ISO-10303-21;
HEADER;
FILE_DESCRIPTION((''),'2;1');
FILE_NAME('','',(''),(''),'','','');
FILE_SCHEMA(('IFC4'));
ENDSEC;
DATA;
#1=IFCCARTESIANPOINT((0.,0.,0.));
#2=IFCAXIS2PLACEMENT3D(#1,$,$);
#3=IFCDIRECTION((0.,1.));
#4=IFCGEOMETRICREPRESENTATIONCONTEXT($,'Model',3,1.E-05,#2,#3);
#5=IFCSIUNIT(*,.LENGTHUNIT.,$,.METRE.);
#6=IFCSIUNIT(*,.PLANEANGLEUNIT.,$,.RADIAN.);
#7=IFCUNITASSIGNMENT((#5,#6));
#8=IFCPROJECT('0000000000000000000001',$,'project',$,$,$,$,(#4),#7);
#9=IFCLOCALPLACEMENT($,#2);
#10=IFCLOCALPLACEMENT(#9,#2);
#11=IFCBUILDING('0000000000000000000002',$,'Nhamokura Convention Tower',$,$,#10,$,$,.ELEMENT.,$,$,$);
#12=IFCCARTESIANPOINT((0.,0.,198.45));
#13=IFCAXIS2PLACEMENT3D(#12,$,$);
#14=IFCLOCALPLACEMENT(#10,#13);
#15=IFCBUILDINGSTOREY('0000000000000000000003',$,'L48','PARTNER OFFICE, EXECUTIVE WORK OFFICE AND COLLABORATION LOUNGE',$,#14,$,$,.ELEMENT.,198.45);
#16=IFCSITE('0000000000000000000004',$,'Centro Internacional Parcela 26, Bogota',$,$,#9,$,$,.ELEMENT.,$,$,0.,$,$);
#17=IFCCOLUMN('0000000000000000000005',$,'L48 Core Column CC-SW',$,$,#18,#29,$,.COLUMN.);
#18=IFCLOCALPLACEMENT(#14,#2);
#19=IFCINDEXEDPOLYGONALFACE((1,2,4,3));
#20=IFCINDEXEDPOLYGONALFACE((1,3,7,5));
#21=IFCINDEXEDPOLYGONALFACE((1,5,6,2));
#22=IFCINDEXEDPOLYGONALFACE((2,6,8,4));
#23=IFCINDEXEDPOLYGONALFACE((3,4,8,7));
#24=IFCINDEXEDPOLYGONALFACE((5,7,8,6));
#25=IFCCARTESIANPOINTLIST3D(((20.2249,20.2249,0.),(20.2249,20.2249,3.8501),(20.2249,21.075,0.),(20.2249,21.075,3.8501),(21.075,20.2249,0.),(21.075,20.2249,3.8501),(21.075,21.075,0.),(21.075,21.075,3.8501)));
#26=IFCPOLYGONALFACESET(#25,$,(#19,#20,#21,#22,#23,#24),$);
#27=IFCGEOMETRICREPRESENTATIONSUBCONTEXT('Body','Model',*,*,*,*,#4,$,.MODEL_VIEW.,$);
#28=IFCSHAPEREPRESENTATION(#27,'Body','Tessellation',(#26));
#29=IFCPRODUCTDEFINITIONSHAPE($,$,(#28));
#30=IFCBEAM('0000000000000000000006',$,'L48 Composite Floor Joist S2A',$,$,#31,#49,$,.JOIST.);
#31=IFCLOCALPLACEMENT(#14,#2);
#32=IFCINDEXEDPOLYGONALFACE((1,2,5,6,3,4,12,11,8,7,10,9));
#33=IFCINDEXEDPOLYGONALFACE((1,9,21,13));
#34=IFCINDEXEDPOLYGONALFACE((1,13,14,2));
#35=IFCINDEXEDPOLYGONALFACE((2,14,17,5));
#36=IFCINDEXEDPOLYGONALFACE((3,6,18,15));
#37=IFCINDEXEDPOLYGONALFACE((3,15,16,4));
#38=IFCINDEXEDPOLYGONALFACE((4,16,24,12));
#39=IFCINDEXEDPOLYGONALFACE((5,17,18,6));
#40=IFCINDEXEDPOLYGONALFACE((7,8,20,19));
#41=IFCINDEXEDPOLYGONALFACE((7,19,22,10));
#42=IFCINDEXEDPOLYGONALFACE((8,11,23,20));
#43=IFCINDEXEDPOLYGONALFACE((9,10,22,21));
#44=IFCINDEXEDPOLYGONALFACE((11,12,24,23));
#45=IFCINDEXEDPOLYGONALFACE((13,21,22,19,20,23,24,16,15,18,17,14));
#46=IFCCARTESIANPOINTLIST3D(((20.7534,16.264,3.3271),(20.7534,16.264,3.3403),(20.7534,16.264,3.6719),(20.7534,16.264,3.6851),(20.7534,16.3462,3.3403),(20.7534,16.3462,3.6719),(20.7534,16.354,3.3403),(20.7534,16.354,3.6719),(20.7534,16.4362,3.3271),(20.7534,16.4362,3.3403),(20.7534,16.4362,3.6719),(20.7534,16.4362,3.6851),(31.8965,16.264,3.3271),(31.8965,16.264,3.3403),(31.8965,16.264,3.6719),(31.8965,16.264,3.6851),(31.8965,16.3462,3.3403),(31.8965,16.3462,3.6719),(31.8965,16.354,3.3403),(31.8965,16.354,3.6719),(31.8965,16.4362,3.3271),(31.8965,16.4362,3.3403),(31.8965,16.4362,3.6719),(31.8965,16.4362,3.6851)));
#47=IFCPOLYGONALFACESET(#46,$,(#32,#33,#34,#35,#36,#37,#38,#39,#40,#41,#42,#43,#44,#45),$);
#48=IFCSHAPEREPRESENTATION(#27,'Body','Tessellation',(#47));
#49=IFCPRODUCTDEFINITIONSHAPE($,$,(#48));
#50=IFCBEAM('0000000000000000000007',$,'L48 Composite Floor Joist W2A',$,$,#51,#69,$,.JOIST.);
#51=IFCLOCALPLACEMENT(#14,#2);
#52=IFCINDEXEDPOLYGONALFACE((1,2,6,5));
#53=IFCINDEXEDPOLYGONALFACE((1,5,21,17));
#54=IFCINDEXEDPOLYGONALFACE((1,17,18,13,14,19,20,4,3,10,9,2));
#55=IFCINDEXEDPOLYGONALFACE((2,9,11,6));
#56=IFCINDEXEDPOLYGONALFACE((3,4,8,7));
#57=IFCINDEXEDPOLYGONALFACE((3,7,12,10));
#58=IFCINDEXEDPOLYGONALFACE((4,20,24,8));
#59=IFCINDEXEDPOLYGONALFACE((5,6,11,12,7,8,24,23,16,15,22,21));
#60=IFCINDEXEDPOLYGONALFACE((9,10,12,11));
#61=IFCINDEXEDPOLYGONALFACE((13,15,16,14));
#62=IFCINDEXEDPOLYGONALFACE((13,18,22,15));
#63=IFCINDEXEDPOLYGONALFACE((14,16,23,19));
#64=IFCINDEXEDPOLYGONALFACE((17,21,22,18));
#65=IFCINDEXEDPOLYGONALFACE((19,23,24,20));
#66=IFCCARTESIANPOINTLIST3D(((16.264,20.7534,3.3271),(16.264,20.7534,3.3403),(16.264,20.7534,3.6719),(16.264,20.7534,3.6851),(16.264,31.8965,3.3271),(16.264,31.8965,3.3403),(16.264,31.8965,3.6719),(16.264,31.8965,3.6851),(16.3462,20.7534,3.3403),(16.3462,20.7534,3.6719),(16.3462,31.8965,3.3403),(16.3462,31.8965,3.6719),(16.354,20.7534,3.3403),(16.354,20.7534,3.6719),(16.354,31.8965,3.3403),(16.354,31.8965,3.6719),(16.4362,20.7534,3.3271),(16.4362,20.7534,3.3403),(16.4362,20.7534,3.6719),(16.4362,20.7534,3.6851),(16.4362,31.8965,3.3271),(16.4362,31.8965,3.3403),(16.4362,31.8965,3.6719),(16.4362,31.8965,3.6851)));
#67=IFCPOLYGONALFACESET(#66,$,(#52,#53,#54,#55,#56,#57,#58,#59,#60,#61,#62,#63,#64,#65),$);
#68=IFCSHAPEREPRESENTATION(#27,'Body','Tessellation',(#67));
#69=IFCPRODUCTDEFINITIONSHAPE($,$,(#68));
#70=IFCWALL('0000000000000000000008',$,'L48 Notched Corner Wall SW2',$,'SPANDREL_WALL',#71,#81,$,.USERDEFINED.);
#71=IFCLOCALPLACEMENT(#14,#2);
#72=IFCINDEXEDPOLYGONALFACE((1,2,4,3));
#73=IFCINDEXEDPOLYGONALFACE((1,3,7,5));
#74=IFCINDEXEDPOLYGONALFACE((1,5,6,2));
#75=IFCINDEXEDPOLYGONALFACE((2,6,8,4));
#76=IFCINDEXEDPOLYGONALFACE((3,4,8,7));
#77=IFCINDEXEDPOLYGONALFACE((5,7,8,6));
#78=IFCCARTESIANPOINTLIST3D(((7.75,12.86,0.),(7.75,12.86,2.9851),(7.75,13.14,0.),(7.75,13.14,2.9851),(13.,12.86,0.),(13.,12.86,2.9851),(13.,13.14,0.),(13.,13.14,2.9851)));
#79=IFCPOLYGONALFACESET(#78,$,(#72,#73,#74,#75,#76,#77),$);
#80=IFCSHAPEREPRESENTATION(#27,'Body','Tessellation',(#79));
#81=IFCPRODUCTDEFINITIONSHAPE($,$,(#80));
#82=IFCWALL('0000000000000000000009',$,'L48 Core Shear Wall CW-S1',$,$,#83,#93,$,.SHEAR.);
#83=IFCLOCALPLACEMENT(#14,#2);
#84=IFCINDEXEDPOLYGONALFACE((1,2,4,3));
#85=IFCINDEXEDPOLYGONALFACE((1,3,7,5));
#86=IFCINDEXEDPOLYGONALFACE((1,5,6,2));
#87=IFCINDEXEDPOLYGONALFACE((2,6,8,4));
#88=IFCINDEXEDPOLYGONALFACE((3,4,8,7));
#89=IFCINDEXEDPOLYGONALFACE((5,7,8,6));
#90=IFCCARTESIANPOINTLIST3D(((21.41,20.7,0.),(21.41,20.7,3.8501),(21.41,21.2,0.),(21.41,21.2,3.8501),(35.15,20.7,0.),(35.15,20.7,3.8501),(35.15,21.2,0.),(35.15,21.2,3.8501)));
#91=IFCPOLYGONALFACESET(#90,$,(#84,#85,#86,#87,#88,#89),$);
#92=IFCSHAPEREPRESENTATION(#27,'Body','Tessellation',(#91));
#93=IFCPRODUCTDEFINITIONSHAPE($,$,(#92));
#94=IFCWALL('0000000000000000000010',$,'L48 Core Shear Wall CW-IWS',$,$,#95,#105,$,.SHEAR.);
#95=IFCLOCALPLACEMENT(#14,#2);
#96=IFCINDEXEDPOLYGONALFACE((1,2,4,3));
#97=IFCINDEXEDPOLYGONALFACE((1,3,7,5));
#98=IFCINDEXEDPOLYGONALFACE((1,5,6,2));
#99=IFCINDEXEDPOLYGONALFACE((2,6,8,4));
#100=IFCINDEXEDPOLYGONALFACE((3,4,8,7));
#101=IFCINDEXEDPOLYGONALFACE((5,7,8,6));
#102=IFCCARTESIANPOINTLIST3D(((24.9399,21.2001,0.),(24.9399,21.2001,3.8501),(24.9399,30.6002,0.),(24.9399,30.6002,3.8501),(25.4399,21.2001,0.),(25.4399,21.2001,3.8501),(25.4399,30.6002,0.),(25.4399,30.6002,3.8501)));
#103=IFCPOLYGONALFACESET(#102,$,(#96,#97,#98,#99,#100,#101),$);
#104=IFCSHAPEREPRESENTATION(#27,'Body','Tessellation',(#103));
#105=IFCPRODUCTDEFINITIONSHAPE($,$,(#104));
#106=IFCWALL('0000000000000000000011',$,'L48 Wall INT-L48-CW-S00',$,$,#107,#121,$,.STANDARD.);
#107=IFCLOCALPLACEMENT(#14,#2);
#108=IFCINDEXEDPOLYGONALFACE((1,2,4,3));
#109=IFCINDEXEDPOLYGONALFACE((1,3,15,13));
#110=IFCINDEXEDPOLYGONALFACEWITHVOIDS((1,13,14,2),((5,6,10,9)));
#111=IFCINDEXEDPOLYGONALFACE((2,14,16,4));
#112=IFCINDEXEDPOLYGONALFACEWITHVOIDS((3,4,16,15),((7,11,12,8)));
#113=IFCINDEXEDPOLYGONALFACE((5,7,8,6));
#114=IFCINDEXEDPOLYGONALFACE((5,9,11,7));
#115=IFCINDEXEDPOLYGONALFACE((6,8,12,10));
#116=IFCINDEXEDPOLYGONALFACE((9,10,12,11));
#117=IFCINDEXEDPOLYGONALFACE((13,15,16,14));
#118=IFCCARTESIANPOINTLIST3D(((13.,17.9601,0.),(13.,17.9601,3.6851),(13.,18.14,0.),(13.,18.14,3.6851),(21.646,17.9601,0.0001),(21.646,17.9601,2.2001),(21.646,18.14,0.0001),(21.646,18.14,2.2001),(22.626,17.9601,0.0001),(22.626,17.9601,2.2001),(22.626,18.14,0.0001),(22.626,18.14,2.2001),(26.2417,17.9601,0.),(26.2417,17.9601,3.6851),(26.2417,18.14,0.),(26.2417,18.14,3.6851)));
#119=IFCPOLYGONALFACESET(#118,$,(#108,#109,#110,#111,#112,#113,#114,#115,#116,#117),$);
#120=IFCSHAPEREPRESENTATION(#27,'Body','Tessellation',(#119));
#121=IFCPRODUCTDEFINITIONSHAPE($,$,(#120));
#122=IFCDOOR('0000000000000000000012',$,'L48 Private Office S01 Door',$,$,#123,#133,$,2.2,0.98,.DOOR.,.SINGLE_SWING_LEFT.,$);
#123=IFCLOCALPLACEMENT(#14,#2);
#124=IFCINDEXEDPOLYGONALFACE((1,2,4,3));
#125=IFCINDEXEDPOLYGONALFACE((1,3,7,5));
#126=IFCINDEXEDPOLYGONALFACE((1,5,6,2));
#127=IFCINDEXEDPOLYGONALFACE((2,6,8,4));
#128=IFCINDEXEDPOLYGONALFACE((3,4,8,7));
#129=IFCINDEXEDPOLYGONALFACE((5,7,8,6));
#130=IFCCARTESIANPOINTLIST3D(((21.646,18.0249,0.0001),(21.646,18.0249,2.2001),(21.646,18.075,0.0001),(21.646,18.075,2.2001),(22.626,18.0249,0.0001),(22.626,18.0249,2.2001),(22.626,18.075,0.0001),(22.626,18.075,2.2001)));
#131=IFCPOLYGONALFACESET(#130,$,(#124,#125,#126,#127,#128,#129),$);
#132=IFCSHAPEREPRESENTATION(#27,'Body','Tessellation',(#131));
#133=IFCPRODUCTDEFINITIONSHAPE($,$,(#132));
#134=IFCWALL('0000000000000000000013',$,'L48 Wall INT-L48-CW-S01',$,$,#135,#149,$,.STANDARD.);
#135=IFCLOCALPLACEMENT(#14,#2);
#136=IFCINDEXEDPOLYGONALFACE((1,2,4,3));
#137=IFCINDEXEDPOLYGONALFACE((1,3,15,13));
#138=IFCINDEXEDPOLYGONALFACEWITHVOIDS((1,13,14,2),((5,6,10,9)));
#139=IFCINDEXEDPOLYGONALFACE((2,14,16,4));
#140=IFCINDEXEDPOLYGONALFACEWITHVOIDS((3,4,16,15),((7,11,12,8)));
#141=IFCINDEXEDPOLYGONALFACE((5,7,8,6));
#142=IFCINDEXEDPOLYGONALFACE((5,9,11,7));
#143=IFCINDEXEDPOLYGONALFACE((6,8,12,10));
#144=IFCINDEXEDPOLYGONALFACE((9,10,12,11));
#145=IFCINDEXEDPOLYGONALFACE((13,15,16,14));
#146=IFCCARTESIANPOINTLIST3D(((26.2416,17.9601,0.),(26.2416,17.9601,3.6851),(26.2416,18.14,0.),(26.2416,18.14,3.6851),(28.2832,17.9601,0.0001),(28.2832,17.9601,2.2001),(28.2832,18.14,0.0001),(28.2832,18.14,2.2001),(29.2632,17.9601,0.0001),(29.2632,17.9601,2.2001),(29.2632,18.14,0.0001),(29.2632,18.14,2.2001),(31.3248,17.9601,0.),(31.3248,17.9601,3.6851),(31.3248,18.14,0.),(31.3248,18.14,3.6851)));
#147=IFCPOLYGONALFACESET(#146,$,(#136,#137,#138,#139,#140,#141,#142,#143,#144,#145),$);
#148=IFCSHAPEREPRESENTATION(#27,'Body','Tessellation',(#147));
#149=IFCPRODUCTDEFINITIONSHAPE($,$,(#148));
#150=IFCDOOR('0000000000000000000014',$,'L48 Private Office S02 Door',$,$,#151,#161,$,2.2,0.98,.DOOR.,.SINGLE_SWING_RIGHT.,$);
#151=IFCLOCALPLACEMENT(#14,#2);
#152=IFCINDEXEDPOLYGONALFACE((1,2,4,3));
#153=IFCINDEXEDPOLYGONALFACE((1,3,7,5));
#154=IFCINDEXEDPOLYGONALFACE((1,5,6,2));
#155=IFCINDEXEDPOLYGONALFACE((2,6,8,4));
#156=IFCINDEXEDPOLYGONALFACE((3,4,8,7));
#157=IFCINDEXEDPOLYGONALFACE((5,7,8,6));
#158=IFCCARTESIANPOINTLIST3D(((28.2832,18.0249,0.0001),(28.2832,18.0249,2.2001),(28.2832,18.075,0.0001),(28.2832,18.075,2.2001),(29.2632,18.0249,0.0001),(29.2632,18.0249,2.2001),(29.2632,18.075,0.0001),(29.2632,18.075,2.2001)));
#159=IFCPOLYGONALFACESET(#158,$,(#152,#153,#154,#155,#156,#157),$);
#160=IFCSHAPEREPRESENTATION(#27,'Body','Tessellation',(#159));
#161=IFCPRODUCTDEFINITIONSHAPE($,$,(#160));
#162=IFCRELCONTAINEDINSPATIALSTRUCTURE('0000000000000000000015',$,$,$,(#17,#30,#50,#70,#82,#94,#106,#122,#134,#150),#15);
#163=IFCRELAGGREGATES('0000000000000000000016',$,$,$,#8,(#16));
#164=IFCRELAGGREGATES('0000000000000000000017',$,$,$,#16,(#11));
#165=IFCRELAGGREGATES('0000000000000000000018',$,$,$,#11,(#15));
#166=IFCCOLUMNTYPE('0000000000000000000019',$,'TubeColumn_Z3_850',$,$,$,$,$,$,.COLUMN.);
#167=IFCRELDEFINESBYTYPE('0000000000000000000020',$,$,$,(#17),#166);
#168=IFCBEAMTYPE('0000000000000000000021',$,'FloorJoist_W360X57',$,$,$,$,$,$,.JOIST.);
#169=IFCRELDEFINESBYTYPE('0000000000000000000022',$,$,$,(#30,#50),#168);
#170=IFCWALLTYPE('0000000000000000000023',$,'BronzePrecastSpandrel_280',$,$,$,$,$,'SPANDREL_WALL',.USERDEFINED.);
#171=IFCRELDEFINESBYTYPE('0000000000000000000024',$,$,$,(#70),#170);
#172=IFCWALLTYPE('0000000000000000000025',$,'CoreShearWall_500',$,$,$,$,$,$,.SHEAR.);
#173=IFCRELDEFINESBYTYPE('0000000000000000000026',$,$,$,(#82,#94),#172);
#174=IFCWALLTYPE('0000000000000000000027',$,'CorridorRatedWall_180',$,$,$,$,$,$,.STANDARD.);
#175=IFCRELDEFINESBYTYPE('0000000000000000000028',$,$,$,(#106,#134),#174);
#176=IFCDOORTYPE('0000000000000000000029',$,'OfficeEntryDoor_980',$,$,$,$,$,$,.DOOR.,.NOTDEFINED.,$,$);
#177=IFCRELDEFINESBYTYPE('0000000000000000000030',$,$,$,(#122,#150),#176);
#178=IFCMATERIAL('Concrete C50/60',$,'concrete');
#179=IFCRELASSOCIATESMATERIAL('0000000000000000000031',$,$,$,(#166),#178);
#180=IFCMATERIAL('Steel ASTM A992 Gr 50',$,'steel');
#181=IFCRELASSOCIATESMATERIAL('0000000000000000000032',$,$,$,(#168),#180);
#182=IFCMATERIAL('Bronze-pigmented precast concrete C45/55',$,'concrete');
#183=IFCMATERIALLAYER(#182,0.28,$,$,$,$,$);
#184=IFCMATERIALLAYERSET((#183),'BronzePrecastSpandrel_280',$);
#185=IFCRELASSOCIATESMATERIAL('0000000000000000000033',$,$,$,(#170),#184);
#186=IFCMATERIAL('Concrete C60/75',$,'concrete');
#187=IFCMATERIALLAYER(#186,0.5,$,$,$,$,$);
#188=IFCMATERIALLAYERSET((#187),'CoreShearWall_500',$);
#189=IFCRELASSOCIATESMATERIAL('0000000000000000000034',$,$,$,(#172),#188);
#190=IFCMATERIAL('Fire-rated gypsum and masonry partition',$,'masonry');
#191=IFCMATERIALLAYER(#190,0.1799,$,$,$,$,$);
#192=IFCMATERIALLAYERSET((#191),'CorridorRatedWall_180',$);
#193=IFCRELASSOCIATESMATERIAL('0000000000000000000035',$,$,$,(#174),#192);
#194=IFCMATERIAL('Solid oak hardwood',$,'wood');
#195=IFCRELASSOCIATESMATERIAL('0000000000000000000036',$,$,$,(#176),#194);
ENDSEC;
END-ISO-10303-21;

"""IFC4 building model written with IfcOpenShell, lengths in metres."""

from ifc_helpers import new_model, si_unit, direction, frame, frame_2d, origin, origin_2d, place, context, subcontext, project, spatial, rectangle, i_section, extrude, material, layer, layer_set, material_profile, profile_set, type_object, element, fill, save


model = new_model("IFC4")

# Units and contexts
model_context = context("Model", 3, precision=1e-05, world=origin(), true_north=direction((0.0, 1.0)))
body_context = subcontext(model_context, "Body", "Model", "MODEL_VIEW")
ifc_project = project(units=[si_unit("LENGTHUNIT", "METRE"), si_unit("PLANEANGLEUNIT", "RADIAN")], contexts=[model_context])

# Site, building, storey
site_placement = place(None, origin())
site = spatial("IfcSite", under=ifc_project, at=site_placement, Name="Centro Internacional Parcela 26, Bogota", CompositionType="ELEMENT", RefElevation=0.0)
building_placement = place(site_placement, origin())
building = spatial("IfcBuilding", under=site, at=building_placement, Name="Nhamokura Convention Tower", CompositionType="ELEMENT")
storey_placement = place(building_placement, frame((0.0, 0.0, 198.45)))
storey = spatial("IfcBuildingStorey", under=building, at=storey_placement, Name="L48", Description="PARTNER OFFICE, EXECUTIVE WORK OFFICE AND COLLABORATION LOUNGE", CompositionType="ELEMENT", Elevation=198.45)

# Column
ifc_material_1 = material(Name="Concrete C50/60", Category="concrete")
ifc_material_profile_1 = material_profile(ifc_material_1, rectangle(XDim=0.8501, YDim=0.8501, at=origin_2d()))
ifc_profile_set_1 = profile_set([ifc_material_profile_1], Name="Concrete C50/60")
column_type = type_object("IfcColumnType", Name="TubeColumn_Z3_850", PredefinedType="COLUMN", material=ifc_profile_set_1)
column_placement = place(storey_placement, frame((20.6499, 20.6499, 0.0), z_axis=(0.0, 0.0, 1.0), x_axis=(1.0, 0.0, 0.0)))
element("IfcColumn", 1, at=column_placement, inside=storey, type_object=column_type, Name="L48 Core Column CC-SW", PredefinedType="COLUMN", context=body_context, shape_type="SweptSolid", body=[
    extrude(rectangle(XDim=0.8501, YDim=0.8501, at=origin_2d()), origin(), (0.0, 0.0, 1.0), 3.8501),
])

# Beams
ifc_material_2 = material(Name="Steel ASTM A992 Gr 50", Category="steel")
ifc_material_profile_2 = material_profile(ifc_material_2, i_section(OverallWidth=0.1721, OverallDepth=0.3579, WebThickness=0.0078, FlangeThickness=0.0132, at=origin_2d()))
ifc_profile_set_2 = profile_set([ifc_material_profile_2], Name="Steel ASTM A992 Gr 50")
beam_type = type_object("IfcBeamType", Name="FloorJoist_W360X57", PredefinedType="JOIST", material=ifc_profile_set_2)
for number, where, z_axis, x_axis, name in (
    (2, (20.7534, 16.3501, 3.5061), (1.0, 0.0, 0.0), (0.0, 1.0, 0.0), "L48 Composite Floor Joist S2A"),
    (3, (16.3501, 20.7534, 3.5061), (0.0, 1.0, 0.0), (-1.0, 0.0, 0.0), "L48 Composite Floor Joist W2A"),
):
    element("IfcBeam", number, at=place(storey_placement, frame(where, z_axis=z_axis, x_axis=x_axis)), inside=storey, type_object=beam_type, Name=name, PredefinedType="JOIST", context=body_context, shape_type="SweptSolid", body=[
        extrude(i_section(OverallWidth=0.1721, OverallDepth=0.3579, WebThickness=0.0078, FlangeThickness=0.0132, at=origin_2d()), origin(), (0.0, 0.0, 1.0), 11.1431),
    ])

# Wall
ifc_material_3 = material(Name="Bronze-pigmented precast concrete C45/55", Category="concrete")
ifc_layer_1 = layer(ifc_material_3, 0.28)
ifc_layer_set_1 = layer_set([ifc_layer_1], Name="BronzePrecastSpandrel_280")
wall_type_1 = type_object("IfcWallType", Name="BronzePrecastSpandrel_280", ElementType="SPANDREL_WALL", PredefinedType="USERDEFINED", material=ifc_layer_set_1)
wall_1_placement = place(storey_placement, frame((13.0, 13.0, 0.0), z_axis=(0.0, 0.0, 1.0), x_axis=(-1.0, 0.0, 0.0)))
element("IfcWall", 4, at=wall_1_placement, inside=storey, type_object=wall_type_1, Name="L48 Notched Corner Wall SW2", ObjectType="SPANDREL_WALL", PredefinedType="USERDEFINED", context=body_context, shape_type="SweptSolid", body=[
    extrude(rectangle(XDim=5.25, YDim=0.28, at=frame_2d((2.625, 0.0))), origin(), (0.0, 0.0, 1.0), 2.9851),
])

# Shared definitions
ifc_material_4 = material(Name="Concrete C60/75", Category="concrete")
ifc_layer_2 = layer(ifc_material_4, 0.5)
ifc_layer_set_2 = layer_set([ifc_layer_2], Name="CoreShearWall_500")
wall_type_2 = type_object("IfcWallType", Name="CoreShearWall_500", PredefinedType="SHEAR", material=ifc_layer_set_2)

# Walls
wall_2_placement = place(storey_placement, frame((21.4099, 20.95, 0.0), z_axis=(0.0, 0.0, 1.0), x_axis=(1.0, 0.0, 0.0)))
element("IfcWall", 5, at=wall_2_placement, inside=storey, type_object=wall_type_2, Name="L48 Core Shear Wall CW-S1", PredefinedType="SHEAR", context=body_context, shape_type="SweptSolid", body=[
    extrude(rectangle(XDim=13.74, YDim=0.5, at=frame_2d((6.8701, 0.0))), origin(), (0.0, 0.0, 1.0), 3.8501),
])
wall_3_placement = place(storey_placement, frame((25.1899, 21.2, 0.0), z_axis=(0.0, 0.0, 1.0), x_axis=(0.0, 1.0, 0.0)))
element("IfcWall", 6, at=wall_3_placement, inside=storey, type_object=wall_type_2, Name="L48 Core Shear Wall CW-IWS", PredefinedType="SHEAR", context=body_context, shape_type="SweptSolid", body=[
    extrude(rectangle(XDim=9.4001, YDim=0.5, at=frame_2d((4.7002, 0.0))), origin(), (0.0, 0.0, 1.0), 3.8501),
])

# Walls, openings, doors
ifc_material_5 = material(Name="Fire-rated gypsum and masonry partition", Category="masonry")
ifc_layer_3 = layer(ifc_material_5, 0.1799)
ifc_layer_set_3 = layer_set([ifc_layer_3], Name="CorridorRatedWall_180")
wall_type_3 = type_object("IfcWallType", Name="CorridorRatedWall_180", PredefinedType="STANDARD", material=ifc_layer_set_3)
wall_4_placement = place(storey_placement, frame((13.0, 18.05, 0.0), z_axis=(0.0, 0.0, 1.0), x_axis=(1.0, 0.0, 0.0)))
wall_4 = element("IfcWall", 7, at=wall_4_placement, inside=storey, type_object=wall_type_3, Name="L48 Wall INT-L48-CW-S00", PredefinedType="STANDARD", context=body_context, shape_type="SweptSolid", body=[
    extrude(rectangle(XDim=13.2417, YDim=0.1799, at=frame_2d((6.6208, 0.0))), origin(), (0.0, 0.0, 1.0), 3.6851),
])
opening_1_placement = place(wall_4_placement, frame((8.646, 0.0, 0.0)))
opening_1 = element("IfcOpeningElement", 8, at=opening_1_placement, cuts=wall_4, PredefinedType="OPENING", context=body_context, shape_type="SweptSolid", body=[
    extrude(rectangle(XDim=0.98, YDim=2.2, at=frame_2d((0.49, 1.1001))), frame((0.0, 0.0999, 0.0), z_axis=(0.0, -1.0, 0.0), x_axis=(1.0, 0.0, 0.0)), (0.0, 0.0, 1.0), 0.2),
])
ifc_material_6 = material(Name="Solid oak hardwood", Category="wood")
door_type_1 = type_object("IfcDoorType", Name="OfficeEntryDoor_980", OperationType="NOTDEFINED", PredefinedType="DOOR", material=ifc_material_6)
door_1_placement = place(opening_1_placement, origin())
door_1 = element("IfcDoor", 9, at=door_1_placement, inside=storey, type_object=door_type_1, Name="L48 Private Office S01 Door", OperationType="SINGLE_SWING_LEFT", OverallHeight=2.2, OverallWidth=0.98, PredefinedType="DOOR", context=body_context, shape_type="SweptSolid", body=[
    extrude(rectangle(XDim=0.98, YDim=2.2, at=frame_2d((0.49, 1.1001))), frame((0.0, 0.0249, 0.0), z_axis=(0.0, -1.0, 0.0), x_axis=(1.0, 0.0, 0.0)), (0.0, 0.0, 1.0), 0.05),
])
fill(opening_1, door_1)
wall_5_placement = place(storey_placement, frame((26.2417, 18.05, 0.0), z_axis=(0.0, 0.0, 1.0), x_axis=(1.0, 0.0, 0.0)))
wall_5 = element("IfcWall", 10, at=wall_5_placement, inside=storey, type_object=wall_type_3, Name="L48 Wall INT-L48-CW-S01", PredefinedType="STANDARD", context=body_context, shape_type="SweptSolid", body=[
    extrude(rectangle(XDim=5.0833, YDim=0.1799, at=frame_2d((2.5415, 0.0))), origin(), (0.0, 0.0, 1.0), 3.6851),
])
opening_2_placement = place(wall_5_placement, frame((2.0415, 0.0, 0.0)))
opening_2 = element("IfcOpeningElement", 11, at=opening_2_placement, cuts=wall_5, PredefinedType="OPENING", context=body_context, shape_type="SweptSolid", body=[
    extrude(rectangle(XDim=0.98, YDim=2.2, at=frame_2d((0.49, 1.1001))), frame((0.0, 0.0999, 0.0), z_axis=(0.0, -1.0, 0.0), x_axis=(1.0, 0.0, 0.0)), (0.0, 0.0, 1.0), 0.2),
])
door_2_placement = place(opening_2_placement, origin())
door_2 = element("IfcDoor", 12, at=door_2_placement, inside=storey, type_object=door_type_1, Name="L48 Private Office S02 Door", OperationType="SINGLE_SWING_RIGHT", OverallHeight=2.2, OverallWidth=0.98, PredefinedType="DOOR", context=body_context, shape_type="SweptSolid", body=[
    extrude(rectangle(XDim=0.98, YDim=2.2, at=frame_2d((0.49, 1.1001))), frame((0.0, 0.0249, 0.0), z_axis=(0.0, -1.0, 0.0), x_axis=(1.0, 0.0, 0.0)), (0.0, 0.0, 1.0), 0.05),
])
fill(opening_2, door_2)

save(model, "model.ifc")
